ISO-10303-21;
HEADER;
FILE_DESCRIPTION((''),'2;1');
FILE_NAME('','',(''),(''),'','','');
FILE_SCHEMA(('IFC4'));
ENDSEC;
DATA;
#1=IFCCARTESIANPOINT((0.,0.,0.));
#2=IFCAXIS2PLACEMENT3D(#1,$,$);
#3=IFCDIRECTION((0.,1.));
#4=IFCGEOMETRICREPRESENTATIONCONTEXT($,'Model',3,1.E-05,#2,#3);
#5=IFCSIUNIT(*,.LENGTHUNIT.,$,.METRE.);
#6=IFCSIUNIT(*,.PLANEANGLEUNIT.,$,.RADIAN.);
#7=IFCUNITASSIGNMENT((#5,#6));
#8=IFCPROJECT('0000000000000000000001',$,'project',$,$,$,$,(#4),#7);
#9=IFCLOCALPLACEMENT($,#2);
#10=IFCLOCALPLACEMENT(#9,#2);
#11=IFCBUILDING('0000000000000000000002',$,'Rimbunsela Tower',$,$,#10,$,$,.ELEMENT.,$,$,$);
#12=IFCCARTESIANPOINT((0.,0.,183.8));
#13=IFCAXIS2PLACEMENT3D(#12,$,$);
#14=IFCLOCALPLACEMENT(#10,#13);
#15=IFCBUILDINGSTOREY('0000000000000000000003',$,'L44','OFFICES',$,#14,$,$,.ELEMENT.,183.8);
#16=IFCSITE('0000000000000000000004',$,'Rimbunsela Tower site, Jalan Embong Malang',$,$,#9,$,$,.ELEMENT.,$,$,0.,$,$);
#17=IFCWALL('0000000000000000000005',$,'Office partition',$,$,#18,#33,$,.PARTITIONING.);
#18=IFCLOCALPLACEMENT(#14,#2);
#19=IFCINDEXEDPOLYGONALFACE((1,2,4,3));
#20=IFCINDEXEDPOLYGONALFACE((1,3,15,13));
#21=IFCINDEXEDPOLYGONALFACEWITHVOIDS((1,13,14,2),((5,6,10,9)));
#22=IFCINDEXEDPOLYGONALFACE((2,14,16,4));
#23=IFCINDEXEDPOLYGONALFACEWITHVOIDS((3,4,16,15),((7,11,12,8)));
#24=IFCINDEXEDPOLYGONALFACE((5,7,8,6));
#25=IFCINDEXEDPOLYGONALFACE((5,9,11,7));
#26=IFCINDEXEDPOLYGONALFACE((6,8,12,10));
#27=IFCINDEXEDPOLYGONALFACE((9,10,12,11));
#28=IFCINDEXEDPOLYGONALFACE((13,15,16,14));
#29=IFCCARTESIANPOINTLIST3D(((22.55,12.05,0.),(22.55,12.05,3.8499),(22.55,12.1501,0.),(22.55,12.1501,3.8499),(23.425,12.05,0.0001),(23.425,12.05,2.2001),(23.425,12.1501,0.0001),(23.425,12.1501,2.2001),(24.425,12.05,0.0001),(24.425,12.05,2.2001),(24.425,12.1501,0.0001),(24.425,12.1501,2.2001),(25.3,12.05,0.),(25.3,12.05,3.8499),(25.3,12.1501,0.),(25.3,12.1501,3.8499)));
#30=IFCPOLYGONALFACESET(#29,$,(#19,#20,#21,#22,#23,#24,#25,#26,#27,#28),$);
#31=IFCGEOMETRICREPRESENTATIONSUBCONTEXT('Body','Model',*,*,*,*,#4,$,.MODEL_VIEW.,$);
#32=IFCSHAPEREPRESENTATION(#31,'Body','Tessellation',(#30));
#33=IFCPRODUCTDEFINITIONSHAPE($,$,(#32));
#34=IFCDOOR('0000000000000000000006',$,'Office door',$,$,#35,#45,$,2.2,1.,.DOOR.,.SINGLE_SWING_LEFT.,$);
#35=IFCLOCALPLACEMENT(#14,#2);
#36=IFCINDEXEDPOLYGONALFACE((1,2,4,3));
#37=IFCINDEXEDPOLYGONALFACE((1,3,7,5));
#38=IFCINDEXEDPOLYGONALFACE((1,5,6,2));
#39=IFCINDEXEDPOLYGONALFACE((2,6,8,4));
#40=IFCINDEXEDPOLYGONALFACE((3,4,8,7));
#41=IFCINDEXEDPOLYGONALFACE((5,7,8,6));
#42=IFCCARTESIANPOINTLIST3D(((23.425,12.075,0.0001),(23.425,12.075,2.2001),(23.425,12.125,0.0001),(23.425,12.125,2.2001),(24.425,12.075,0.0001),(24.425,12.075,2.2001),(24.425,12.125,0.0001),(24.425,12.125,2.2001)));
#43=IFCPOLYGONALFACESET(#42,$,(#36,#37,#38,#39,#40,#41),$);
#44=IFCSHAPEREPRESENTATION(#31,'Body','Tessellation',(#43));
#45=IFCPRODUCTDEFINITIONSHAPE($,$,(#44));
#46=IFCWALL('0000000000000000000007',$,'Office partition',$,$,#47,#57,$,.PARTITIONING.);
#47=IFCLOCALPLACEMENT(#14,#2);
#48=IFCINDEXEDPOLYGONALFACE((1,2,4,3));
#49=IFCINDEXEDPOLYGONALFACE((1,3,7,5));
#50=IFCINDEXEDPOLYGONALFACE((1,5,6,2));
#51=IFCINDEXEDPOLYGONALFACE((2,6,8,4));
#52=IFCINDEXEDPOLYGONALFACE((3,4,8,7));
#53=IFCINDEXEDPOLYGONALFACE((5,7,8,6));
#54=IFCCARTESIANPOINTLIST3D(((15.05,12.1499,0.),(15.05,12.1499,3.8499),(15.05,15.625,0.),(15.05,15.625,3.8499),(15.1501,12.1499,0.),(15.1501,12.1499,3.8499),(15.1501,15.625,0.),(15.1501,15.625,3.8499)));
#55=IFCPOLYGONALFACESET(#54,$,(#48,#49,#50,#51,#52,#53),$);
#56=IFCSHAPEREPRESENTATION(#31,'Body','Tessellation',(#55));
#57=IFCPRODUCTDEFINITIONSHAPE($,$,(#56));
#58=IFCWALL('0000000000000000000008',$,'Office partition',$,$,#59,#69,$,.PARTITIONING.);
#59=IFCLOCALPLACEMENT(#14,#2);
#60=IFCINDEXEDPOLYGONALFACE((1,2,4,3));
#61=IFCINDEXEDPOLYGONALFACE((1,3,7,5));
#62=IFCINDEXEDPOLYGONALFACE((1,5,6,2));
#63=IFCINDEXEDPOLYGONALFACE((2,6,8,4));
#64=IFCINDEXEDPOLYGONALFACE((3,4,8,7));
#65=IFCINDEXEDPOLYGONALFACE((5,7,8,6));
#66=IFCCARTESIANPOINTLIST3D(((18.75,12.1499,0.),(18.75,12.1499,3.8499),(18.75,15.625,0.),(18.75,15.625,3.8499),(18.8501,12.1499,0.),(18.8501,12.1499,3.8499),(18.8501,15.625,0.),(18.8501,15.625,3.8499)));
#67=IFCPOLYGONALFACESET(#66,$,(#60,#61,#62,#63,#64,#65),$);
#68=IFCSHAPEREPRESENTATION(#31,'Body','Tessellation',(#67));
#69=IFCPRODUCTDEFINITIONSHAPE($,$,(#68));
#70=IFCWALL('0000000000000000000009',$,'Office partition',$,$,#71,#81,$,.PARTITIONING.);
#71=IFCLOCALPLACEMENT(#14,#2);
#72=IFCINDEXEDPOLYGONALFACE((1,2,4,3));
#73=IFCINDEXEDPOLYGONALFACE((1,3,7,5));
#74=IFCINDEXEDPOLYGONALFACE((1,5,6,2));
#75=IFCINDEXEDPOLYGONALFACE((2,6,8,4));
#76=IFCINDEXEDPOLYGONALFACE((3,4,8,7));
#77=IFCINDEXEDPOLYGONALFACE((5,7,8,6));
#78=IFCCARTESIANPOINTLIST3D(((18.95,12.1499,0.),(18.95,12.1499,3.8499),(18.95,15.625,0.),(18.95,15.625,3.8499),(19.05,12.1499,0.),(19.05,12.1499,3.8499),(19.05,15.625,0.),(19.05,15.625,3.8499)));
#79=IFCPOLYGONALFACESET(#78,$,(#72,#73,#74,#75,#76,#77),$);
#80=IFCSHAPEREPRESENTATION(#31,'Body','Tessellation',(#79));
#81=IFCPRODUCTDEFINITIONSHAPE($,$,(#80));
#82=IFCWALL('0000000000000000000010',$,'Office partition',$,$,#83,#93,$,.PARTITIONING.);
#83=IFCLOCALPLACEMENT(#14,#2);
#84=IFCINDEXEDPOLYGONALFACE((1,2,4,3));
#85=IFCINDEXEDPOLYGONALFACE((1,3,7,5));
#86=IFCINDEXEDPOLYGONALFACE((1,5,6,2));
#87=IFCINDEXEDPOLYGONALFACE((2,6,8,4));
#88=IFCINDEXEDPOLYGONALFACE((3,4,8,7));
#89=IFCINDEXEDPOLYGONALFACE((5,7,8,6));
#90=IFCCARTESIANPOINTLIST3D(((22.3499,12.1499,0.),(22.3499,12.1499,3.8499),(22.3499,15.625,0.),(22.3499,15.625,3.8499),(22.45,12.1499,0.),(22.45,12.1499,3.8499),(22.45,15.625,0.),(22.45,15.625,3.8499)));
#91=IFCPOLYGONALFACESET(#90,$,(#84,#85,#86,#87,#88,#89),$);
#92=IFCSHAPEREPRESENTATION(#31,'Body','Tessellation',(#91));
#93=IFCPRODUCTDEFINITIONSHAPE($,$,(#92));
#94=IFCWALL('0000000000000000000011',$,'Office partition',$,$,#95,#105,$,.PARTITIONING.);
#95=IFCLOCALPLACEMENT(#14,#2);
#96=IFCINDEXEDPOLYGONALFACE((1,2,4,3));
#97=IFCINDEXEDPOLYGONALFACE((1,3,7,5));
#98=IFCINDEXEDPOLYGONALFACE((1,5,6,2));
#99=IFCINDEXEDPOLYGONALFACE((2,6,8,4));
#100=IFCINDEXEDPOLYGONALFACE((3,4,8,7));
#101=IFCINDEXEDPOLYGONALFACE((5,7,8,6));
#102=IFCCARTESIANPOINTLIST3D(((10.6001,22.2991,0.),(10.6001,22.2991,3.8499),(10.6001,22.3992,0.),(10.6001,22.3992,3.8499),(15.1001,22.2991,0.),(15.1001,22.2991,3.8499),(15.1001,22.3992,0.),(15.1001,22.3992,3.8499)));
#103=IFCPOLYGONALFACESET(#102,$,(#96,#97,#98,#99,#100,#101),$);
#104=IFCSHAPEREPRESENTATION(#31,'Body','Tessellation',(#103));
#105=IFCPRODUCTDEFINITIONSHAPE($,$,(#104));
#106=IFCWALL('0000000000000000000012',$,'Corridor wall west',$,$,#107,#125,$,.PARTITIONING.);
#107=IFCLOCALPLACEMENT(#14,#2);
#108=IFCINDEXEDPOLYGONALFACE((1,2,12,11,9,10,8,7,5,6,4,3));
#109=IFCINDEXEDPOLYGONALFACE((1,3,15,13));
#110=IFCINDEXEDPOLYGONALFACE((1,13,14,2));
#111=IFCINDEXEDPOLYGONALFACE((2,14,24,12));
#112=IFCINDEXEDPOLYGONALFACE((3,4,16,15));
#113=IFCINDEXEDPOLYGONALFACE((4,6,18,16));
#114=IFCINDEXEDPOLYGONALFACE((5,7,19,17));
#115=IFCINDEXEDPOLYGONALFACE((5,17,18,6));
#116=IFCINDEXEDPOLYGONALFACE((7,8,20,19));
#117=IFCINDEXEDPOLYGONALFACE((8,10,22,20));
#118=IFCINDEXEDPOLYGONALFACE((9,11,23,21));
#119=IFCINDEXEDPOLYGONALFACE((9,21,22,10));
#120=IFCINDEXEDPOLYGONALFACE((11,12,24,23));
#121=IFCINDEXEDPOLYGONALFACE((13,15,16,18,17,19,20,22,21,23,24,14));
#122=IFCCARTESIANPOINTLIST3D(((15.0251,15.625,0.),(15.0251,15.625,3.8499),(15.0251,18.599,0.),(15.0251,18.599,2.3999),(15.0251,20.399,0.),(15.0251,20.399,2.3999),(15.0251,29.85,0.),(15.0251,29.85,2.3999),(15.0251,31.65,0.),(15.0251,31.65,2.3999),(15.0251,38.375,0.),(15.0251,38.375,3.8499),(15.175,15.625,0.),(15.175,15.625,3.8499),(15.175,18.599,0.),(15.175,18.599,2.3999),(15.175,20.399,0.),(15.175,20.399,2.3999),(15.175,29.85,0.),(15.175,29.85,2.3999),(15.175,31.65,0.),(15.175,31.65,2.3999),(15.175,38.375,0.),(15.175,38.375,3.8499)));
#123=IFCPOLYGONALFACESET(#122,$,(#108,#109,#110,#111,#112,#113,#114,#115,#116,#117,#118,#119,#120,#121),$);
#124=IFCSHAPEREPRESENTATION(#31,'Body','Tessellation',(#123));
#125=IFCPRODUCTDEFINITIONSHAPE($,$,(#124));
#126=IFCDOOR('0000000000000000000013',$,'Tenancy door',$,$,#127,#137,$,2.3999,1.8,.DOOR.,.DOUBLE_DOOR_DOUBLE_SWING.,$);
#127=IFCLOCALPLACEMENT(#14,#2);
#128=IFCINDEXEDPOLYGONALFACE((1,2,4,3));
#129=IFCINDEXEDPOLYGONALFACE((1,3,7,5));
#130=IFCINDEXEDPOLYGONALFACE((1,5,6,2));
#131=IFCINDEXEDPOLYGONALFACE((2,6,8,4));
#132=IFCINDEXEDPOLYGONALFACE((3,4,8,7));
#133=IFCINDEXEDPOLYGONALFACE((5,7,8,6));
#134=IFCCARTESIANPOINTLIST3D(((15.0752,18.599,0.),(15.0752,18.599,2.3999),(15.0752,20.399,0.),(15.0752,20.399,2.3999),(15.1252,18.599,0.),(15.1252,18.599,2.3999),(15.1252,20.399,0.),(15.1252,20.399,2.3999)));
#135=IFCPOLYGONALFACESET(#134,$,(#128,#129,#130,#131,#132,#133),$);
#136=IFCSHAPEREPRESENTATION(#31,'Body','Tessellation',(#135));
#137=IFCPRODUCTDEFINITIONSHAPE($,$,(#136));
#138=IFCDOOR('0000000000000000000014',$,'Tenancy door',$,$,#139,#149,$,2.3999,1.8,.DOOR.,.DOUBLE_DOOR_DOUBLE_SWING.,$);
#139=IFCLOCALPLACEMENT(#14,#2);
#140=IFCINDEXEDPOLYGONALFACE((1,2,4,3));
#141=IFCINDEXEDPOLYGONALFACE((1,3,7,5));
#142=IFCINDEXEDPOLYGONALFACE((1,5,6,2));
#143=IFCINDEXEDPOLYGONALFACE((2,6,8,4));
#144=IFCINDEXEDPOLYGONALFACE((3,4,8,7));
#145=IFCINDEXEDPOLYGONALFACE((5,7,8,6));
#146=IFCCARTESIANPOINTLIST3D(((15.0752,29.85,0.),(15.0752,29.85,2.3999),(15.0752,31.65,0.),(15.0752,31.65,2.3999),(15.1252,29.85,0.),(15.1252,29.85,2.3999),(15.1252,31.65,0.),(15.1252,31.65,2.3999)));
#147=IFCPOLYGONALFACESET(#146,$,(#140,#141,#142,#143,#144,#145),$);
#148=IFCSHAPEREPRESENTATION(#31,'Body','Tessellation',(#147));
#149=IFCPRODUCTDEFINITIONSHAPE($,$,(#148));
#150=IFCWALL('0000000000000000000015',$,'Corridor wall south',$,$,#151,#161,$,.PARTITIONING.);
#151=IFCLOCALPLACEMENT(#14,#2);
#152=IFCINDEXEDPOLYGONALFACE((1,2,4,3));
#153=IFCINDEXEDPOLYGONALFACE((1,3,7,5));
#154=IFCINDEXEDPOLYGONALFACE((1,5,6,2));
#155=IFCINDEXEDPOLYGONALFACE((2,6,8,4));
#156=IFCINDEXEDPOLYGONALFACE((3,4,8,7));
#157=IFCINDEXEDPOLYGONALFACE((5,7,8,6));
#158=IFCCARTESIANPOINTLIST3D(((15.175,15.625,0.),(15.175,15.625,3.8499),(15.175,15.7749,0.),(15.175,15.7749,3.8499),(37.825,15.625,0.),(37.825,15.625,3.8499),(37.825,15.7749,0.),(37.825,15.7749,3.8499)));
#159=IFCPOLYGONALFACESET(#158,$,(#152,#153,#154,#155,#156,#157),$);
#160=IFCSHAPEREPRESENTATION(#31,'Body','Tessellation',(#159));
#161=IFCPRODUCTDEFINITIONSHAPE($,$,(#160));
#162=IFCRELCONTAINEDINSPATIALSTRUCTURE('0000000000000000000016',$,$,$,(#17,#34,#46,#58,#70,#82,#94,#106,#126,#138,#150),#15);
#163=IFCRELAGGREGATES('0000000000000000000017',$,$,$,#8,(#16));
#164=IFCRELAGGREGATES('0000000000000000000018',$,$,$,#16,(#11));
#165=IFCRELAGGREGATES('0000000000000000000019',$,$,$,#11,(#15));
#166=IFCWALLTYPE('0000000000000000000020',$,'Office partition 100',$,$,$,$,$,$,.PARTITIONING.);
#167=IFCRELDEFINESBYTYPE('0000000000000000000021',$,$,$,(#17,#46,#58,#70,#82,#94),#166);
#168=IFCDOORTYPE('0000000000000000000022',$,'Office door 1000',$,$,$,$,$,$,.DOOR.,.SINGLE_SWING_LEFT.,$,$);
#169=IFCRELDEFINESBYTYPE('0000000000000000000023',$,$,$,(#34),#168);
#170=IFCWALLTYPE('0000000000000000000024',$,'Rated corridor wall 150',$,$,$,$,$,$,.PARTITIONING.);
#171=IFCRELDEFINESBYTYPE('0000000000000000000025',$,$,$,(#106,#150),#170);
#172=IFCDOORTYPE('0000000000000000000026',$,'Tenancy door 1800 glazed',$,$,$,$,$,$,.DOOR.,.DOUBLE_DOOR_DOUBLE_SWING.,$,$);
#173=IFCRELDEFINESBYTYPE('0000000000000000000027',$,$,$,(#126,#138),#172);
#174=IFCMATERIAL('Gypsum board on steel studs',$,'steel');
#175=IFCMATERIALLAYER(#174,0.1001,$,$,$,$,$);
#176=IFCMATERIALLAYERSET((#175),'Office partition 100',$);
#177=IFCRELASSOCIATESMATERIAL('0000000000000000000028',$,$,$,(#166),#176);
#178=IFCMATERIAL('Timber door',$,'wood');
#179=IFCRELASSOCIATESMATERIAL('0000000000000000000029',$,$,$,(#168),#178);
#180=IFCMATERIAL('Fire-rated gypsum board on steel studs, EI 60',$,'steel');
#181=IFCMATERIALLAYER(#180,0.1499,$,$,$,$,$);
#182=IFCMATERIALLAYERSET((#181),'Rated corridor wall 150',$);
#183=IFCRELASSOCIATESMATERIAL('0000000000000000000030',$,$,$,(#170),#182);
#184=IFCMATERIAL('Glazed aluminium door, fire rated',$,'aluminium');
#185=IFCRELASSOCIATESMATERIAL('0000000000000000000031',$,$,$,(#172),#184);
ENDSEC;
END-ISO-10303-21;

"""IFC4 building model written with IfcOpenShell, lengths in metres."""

from ifc_helpers import new_model, si_unit, direction, frame, frame_2d, origin, place, context, subcontext, project, spatial, rectangle, extrude, material, layer, layer_set, type_object, element, fill, save


model = new_model("IFC4")

# Units and contexts
model_context = context("Model", 3, precision=1e-05, world=origin(), true_north=direction((0.0, 1.0)))
body_context = subcontext(model_context, "Body", "Model", "MODEL_VIEW")
ifc_project = project(units=[si_unit("LENGTHUNIT", "METRE"), si_unit("PLANEANGLEUNIT", "RADIAN")], contexts=[model_context])

# Site, building, storey
site_placement = place(None, origin())
site = spatial("IfcSite", under=ifc_project, at=site_placement, Name="Rimbunsela Tower site, Jalan Embong Malang", CompositionType="ELEMENT", RefElevation=0.0)
building_placement = place(site_placement, origin())
building = spatial("IfcBuilding", under=site, at=building_placement, Name="Rimbunsela Tower", CompositionType="ELEMENT")
storey_placement = place(building_placement, frame((0.0, 0.0, 183.8)))
storey = spatial("IfcBuildingStorey", under=building, at=storey_placement, Name="L44", Description="OFFICES", CompositionType="ELEMENT", Elevation=183.8)

# Wall, opening, door
ifc_material_1 = material(Name="Gypsum board on steel studs", Category="steel")
ifc_layer_1 = layer(ifc_material_1, 0.1001)
ifc_layer_set_1 = layer_set([ifc_layer_1], Name="Office partition 100")
wall_type_1 = type_object("IfcWallType", Name="Office partition 100", PredefinedType="PARTITIONING", material=ifc_layer_set_1)
wall_1_placement = place(storey_placement, frame((22.55, 12.1001, 0.0), z_axis=(0.0, 0.0, 1.0), x_axis=(1.0, 0.0, 0.0)))
wall_1 = element("IfcWall", 1, at=wall_1_placement, inside=storey, type_object=wall_type_1, Name="Office partition", PredefinedType="PARTITIONING", context=body_context, shape_type="SweptSolid", body=[
    extrude(rectangle(XDim=2.75, YDim=0.1001, at=frame_2d((1.375, 0.0))), origin(), (0.0, 0.0, 1.0), 3.8499),
])
opening_1_placement = place(wall_1_placement, frame((0.875, 0.0, 0.0)))
opening_1 = element("IfcOpeningElement", 2, at=opening_1_placement, cuts=wall_1, PredefinedType="OPENING", context=body_context, shape_type="SweptSolid", body=[
    extrude(rectangle(XDim=1.0, YDim=2.2, at=frame_2d((0.5, 1.1001))), frame((0.0, 0.0601, 0.0), z_axis=(0.0, -1.0, 0.0), x_axis=(1.0, 0.0, 0.0)), (0.0, 0.0, 1.0), 0.1201),
])
ifc_material_2 = material(Name="Timber door", Category="wood")
door_type_1 = type_object("IfcDoorType", Name="Office door 1000", OperationType="SINGLE_SWING_LEFT", PredefinedType="DOOR", material=ifc_material_2)
door_1_placement = place(opening_1_placement, origin())
door_1 = element("IfcDoor", 3, at=door_1_placement, inside=storey, type_object=door_type_1, Name="Office door", OperationType="SINGLE_SWING_LEFT", OverallHeight=2.2, OverallWidth=1.0, PredefinedType="DOOR", context=body_context, shape_type="SweptSolid", body=[
    extrude(rectangle(XDim=1.0, YDim=2.2, at=frame_2d((0.5, 1.1001))), frame((0.0, 0.0249, 0.0), z_axis=(0.0, -1.0, 0.0), x_axis=(1.0, 0.0, 0.0)), (0.0, 0.0, 1.0), 0.05),
])
fill(opening_1, door_1)

# Walls
for number, where, z_axis, x_axis, name in (
    (4, (15.1001, 12.1499, 0.0), (0.0, 0.0, 1.0), (0.0, 1.0, 0.0), "Office partition"),
    (5, (18.8, 12.1499, 0.0), (0.0, 0.0, 1.0), (0.0, 1.0, 0.0), "Office partition"),
    (6, (19.0, 12.1499, 0.0), (0.0, 0.0, 1.0), (0.0, 1.0, 0.0), "Office partition"),
    (7, (22.3999, 12.1499, 0.0), (0.0, 0.0, 1.0), (0.0, 1.0, 0.0), "Office partition"),
):
    element("IfcWall", number, at=place(storey_placement, frame(where, z_axis=z_axis, x_axis=x_axis)), inside=storey, type_object=wall_type_1, Name=name, PredefinedType="PARTITIONING", context=body_context, shape_type="SweptSolid", body=[
        extrude(rectangle(XDim=3.4751, YDim=0.1001, at=frame_2d((1.7375, 0.0))), origin(), (0.0, 0.0, 1.0), 3.8499),
    ])
wall_2_placement = place(storey_placement, frame((15.1001, 22.3491, 0.0), z_axis=(0.0, 0.0, 1.0), x_axis=(-1.0, 0.0, 0.0)))
element("IfcWall", 8, at=wall_2_placement, inside=storey, type_object=wall_type_1, Name="Office partition", PredefinedType="PARTITIONING", context=body_context, shape_type="SweptSolid", body=[
    extrude(rectangle(XDim=4.5, YDim=0.1001, at=frame_2d((2.25, 0.0))), origin(), (0.0, 0.0, 1.0), 3.8499),
])

# Wall, openings, doors
ifc_material_3 = material(Name="Fire-rated gypsum board on steel studs, EI 60", Category="steel")
ifc_layer_2 = layer(ifc_material_3, 0.1499)
ifc_layer_set_2 = layer_set([ifc_layer_2], Name="Rated corridor wall 150")
wall_type_2 = type_object("IfcWallType", Name="Rated corridor wall 150", PredefinedType="PARTITIONING", material=ifc_layer_set_2)
wall_3_placement = place(storey_placement, frame((15.1001, 15.625, 0.0), z_axis=(0.0, 0.0, 1.0), x_axis=(0.0, 1.0, 0.0)))
wall_3 = element("IfcWall", 9, at=wall_3_placement, inside=storey, type_object=wall_type_2, Name="Corridor wall west", PredefinedType="PARTITIONING", context=body_context, shape_type="SweptSolid", body=[
    extrude(rectangle(XDim=22.75, YDim=0.1499, at=frame_2d((11.375, 0.0))), origin(), (0.0, 0.0, 1.0), 3.8499),
])
opening_2_placement = place(wall_3_placement, frame((2.9741, 0.0, 0.0)))
opening_2 = element("IfcOpeningElement", 10, at=opening_2_placement, cuts=wall_3, PredefinedType="OPENING", context=body_context, shape_type="SweptSolid", body=[
    extrude(rectangle(XDim=1.8, YDim=2.3999, at=frame_2d((0.8999, 1.2))), frame((0.0, 0.085, 0.0), z_axis=(0.0, -1.0, 0.0), x_axis=(1.0, 0.0, 0.0)), (0.0, 0.0, 1.0), 0.1699),
])
opening_3_placement = place(wall_3_placement, frame((14.2251, 0.0, 0.0)))
opening_3 = element("IfcOpeningElement", 11, at=opening_3_placement, cuts=wall_3, PredefinedType="OPENING", context=body_context, shape_type="SweptSolid", body=[
    extrude(rectangle(XDim=1.8, YDim=2.3999, at=frame_2d((0.8999, 1.2))), frame((0.0, 0.085, 0.0), z_axis=(0.0, -1.0, 0.0), x_axis=(1.0, 0.0, 0.0)), (0.0, 0.0, 1.0), 0.1699),
])
ifc_material_4 = material(Name="Glazed aluminium door, fire rated", Category="aluminium")
door_type_2 = type_object("IfcDoorType", Name="Tenancy door 1800 glazed", OperationType="DOUBLE_DOOR_DOUBLE_SWING", PredefinedType="DOOR", material=ifc_material_4)
door_2_placement = place(opening_2_placement, origin())
door_2 = element("IfcDoor", 12, at=door_2_placement, inside=storey, type_object=door_type_2, Name="Tenancy door", OperationType="DOUBLE_DOOR_DOUBLE_SWING", OverallHeight=2.3999, OverallWidth=1.8, PredefinedType="DOOR", context=body_context, shape_type="SweptSolid", body=[
    extrude(rectangle(XDim=1.8, YDim=2.3999, at=frame_2d((0.8999, 1.2))), frame((0.0, 0.0249, 0.0), z_axis=(0.0, -1.0, 0.0), x_axis=(1.0, 0.0, 0.0)), (0.0, 0.0, 1.0), 0.05),
])
fill(opening_2, door_2)
door_3_placement = place(opening_3_placement, origin())
door_3 = element("IfcDoor", 13, at=door_3_placement, inside=storey, type_object=door_type_2, Name="Tenancy door", OperationType="DOUBLE_DOOR_DOUBLE_SWING", OverallHeight=2.3999, OverallWidth=1.8, PredefinedType="DOOR", context=body_context, shape_type="SweptSolid", body=[
    extrude(rectangle(XDim=1.8, YDim=2.3999, at=frame_2d((0.8999, 1.2))), frame((0.0, 0.0249, 0.0), z_axis=(0.0, -1.0, 0.0), x_axis=(1.0, 0.0, 0.0)), (0.0, 0.0, 1.0), 0.05),
])
fill(opening_3, door_3)

# Wall
wall_4_placement = place(storey_placement, frame((15.175, 15.7, 0.0), z_axis=(0.0, 0.0, 1.0), x_axis=(1.0, 0.0, 0.0)))
element("IfcWall", 14, at=wall_4_placement, inside=storey, type_object=wall_type_2, Name="Corridor wall south", PredefinedType="PARTITIONING", context=body_context, shape_type="SweptSolid", body=[
    extrude(rectangle(XDim=22.6499, YDim=0.1499, at=frame_2d((11.325, 0.0))), origin(), (0.0, 0.0, 1.0), 3.8499),
])

save(model, "model.ifc")
